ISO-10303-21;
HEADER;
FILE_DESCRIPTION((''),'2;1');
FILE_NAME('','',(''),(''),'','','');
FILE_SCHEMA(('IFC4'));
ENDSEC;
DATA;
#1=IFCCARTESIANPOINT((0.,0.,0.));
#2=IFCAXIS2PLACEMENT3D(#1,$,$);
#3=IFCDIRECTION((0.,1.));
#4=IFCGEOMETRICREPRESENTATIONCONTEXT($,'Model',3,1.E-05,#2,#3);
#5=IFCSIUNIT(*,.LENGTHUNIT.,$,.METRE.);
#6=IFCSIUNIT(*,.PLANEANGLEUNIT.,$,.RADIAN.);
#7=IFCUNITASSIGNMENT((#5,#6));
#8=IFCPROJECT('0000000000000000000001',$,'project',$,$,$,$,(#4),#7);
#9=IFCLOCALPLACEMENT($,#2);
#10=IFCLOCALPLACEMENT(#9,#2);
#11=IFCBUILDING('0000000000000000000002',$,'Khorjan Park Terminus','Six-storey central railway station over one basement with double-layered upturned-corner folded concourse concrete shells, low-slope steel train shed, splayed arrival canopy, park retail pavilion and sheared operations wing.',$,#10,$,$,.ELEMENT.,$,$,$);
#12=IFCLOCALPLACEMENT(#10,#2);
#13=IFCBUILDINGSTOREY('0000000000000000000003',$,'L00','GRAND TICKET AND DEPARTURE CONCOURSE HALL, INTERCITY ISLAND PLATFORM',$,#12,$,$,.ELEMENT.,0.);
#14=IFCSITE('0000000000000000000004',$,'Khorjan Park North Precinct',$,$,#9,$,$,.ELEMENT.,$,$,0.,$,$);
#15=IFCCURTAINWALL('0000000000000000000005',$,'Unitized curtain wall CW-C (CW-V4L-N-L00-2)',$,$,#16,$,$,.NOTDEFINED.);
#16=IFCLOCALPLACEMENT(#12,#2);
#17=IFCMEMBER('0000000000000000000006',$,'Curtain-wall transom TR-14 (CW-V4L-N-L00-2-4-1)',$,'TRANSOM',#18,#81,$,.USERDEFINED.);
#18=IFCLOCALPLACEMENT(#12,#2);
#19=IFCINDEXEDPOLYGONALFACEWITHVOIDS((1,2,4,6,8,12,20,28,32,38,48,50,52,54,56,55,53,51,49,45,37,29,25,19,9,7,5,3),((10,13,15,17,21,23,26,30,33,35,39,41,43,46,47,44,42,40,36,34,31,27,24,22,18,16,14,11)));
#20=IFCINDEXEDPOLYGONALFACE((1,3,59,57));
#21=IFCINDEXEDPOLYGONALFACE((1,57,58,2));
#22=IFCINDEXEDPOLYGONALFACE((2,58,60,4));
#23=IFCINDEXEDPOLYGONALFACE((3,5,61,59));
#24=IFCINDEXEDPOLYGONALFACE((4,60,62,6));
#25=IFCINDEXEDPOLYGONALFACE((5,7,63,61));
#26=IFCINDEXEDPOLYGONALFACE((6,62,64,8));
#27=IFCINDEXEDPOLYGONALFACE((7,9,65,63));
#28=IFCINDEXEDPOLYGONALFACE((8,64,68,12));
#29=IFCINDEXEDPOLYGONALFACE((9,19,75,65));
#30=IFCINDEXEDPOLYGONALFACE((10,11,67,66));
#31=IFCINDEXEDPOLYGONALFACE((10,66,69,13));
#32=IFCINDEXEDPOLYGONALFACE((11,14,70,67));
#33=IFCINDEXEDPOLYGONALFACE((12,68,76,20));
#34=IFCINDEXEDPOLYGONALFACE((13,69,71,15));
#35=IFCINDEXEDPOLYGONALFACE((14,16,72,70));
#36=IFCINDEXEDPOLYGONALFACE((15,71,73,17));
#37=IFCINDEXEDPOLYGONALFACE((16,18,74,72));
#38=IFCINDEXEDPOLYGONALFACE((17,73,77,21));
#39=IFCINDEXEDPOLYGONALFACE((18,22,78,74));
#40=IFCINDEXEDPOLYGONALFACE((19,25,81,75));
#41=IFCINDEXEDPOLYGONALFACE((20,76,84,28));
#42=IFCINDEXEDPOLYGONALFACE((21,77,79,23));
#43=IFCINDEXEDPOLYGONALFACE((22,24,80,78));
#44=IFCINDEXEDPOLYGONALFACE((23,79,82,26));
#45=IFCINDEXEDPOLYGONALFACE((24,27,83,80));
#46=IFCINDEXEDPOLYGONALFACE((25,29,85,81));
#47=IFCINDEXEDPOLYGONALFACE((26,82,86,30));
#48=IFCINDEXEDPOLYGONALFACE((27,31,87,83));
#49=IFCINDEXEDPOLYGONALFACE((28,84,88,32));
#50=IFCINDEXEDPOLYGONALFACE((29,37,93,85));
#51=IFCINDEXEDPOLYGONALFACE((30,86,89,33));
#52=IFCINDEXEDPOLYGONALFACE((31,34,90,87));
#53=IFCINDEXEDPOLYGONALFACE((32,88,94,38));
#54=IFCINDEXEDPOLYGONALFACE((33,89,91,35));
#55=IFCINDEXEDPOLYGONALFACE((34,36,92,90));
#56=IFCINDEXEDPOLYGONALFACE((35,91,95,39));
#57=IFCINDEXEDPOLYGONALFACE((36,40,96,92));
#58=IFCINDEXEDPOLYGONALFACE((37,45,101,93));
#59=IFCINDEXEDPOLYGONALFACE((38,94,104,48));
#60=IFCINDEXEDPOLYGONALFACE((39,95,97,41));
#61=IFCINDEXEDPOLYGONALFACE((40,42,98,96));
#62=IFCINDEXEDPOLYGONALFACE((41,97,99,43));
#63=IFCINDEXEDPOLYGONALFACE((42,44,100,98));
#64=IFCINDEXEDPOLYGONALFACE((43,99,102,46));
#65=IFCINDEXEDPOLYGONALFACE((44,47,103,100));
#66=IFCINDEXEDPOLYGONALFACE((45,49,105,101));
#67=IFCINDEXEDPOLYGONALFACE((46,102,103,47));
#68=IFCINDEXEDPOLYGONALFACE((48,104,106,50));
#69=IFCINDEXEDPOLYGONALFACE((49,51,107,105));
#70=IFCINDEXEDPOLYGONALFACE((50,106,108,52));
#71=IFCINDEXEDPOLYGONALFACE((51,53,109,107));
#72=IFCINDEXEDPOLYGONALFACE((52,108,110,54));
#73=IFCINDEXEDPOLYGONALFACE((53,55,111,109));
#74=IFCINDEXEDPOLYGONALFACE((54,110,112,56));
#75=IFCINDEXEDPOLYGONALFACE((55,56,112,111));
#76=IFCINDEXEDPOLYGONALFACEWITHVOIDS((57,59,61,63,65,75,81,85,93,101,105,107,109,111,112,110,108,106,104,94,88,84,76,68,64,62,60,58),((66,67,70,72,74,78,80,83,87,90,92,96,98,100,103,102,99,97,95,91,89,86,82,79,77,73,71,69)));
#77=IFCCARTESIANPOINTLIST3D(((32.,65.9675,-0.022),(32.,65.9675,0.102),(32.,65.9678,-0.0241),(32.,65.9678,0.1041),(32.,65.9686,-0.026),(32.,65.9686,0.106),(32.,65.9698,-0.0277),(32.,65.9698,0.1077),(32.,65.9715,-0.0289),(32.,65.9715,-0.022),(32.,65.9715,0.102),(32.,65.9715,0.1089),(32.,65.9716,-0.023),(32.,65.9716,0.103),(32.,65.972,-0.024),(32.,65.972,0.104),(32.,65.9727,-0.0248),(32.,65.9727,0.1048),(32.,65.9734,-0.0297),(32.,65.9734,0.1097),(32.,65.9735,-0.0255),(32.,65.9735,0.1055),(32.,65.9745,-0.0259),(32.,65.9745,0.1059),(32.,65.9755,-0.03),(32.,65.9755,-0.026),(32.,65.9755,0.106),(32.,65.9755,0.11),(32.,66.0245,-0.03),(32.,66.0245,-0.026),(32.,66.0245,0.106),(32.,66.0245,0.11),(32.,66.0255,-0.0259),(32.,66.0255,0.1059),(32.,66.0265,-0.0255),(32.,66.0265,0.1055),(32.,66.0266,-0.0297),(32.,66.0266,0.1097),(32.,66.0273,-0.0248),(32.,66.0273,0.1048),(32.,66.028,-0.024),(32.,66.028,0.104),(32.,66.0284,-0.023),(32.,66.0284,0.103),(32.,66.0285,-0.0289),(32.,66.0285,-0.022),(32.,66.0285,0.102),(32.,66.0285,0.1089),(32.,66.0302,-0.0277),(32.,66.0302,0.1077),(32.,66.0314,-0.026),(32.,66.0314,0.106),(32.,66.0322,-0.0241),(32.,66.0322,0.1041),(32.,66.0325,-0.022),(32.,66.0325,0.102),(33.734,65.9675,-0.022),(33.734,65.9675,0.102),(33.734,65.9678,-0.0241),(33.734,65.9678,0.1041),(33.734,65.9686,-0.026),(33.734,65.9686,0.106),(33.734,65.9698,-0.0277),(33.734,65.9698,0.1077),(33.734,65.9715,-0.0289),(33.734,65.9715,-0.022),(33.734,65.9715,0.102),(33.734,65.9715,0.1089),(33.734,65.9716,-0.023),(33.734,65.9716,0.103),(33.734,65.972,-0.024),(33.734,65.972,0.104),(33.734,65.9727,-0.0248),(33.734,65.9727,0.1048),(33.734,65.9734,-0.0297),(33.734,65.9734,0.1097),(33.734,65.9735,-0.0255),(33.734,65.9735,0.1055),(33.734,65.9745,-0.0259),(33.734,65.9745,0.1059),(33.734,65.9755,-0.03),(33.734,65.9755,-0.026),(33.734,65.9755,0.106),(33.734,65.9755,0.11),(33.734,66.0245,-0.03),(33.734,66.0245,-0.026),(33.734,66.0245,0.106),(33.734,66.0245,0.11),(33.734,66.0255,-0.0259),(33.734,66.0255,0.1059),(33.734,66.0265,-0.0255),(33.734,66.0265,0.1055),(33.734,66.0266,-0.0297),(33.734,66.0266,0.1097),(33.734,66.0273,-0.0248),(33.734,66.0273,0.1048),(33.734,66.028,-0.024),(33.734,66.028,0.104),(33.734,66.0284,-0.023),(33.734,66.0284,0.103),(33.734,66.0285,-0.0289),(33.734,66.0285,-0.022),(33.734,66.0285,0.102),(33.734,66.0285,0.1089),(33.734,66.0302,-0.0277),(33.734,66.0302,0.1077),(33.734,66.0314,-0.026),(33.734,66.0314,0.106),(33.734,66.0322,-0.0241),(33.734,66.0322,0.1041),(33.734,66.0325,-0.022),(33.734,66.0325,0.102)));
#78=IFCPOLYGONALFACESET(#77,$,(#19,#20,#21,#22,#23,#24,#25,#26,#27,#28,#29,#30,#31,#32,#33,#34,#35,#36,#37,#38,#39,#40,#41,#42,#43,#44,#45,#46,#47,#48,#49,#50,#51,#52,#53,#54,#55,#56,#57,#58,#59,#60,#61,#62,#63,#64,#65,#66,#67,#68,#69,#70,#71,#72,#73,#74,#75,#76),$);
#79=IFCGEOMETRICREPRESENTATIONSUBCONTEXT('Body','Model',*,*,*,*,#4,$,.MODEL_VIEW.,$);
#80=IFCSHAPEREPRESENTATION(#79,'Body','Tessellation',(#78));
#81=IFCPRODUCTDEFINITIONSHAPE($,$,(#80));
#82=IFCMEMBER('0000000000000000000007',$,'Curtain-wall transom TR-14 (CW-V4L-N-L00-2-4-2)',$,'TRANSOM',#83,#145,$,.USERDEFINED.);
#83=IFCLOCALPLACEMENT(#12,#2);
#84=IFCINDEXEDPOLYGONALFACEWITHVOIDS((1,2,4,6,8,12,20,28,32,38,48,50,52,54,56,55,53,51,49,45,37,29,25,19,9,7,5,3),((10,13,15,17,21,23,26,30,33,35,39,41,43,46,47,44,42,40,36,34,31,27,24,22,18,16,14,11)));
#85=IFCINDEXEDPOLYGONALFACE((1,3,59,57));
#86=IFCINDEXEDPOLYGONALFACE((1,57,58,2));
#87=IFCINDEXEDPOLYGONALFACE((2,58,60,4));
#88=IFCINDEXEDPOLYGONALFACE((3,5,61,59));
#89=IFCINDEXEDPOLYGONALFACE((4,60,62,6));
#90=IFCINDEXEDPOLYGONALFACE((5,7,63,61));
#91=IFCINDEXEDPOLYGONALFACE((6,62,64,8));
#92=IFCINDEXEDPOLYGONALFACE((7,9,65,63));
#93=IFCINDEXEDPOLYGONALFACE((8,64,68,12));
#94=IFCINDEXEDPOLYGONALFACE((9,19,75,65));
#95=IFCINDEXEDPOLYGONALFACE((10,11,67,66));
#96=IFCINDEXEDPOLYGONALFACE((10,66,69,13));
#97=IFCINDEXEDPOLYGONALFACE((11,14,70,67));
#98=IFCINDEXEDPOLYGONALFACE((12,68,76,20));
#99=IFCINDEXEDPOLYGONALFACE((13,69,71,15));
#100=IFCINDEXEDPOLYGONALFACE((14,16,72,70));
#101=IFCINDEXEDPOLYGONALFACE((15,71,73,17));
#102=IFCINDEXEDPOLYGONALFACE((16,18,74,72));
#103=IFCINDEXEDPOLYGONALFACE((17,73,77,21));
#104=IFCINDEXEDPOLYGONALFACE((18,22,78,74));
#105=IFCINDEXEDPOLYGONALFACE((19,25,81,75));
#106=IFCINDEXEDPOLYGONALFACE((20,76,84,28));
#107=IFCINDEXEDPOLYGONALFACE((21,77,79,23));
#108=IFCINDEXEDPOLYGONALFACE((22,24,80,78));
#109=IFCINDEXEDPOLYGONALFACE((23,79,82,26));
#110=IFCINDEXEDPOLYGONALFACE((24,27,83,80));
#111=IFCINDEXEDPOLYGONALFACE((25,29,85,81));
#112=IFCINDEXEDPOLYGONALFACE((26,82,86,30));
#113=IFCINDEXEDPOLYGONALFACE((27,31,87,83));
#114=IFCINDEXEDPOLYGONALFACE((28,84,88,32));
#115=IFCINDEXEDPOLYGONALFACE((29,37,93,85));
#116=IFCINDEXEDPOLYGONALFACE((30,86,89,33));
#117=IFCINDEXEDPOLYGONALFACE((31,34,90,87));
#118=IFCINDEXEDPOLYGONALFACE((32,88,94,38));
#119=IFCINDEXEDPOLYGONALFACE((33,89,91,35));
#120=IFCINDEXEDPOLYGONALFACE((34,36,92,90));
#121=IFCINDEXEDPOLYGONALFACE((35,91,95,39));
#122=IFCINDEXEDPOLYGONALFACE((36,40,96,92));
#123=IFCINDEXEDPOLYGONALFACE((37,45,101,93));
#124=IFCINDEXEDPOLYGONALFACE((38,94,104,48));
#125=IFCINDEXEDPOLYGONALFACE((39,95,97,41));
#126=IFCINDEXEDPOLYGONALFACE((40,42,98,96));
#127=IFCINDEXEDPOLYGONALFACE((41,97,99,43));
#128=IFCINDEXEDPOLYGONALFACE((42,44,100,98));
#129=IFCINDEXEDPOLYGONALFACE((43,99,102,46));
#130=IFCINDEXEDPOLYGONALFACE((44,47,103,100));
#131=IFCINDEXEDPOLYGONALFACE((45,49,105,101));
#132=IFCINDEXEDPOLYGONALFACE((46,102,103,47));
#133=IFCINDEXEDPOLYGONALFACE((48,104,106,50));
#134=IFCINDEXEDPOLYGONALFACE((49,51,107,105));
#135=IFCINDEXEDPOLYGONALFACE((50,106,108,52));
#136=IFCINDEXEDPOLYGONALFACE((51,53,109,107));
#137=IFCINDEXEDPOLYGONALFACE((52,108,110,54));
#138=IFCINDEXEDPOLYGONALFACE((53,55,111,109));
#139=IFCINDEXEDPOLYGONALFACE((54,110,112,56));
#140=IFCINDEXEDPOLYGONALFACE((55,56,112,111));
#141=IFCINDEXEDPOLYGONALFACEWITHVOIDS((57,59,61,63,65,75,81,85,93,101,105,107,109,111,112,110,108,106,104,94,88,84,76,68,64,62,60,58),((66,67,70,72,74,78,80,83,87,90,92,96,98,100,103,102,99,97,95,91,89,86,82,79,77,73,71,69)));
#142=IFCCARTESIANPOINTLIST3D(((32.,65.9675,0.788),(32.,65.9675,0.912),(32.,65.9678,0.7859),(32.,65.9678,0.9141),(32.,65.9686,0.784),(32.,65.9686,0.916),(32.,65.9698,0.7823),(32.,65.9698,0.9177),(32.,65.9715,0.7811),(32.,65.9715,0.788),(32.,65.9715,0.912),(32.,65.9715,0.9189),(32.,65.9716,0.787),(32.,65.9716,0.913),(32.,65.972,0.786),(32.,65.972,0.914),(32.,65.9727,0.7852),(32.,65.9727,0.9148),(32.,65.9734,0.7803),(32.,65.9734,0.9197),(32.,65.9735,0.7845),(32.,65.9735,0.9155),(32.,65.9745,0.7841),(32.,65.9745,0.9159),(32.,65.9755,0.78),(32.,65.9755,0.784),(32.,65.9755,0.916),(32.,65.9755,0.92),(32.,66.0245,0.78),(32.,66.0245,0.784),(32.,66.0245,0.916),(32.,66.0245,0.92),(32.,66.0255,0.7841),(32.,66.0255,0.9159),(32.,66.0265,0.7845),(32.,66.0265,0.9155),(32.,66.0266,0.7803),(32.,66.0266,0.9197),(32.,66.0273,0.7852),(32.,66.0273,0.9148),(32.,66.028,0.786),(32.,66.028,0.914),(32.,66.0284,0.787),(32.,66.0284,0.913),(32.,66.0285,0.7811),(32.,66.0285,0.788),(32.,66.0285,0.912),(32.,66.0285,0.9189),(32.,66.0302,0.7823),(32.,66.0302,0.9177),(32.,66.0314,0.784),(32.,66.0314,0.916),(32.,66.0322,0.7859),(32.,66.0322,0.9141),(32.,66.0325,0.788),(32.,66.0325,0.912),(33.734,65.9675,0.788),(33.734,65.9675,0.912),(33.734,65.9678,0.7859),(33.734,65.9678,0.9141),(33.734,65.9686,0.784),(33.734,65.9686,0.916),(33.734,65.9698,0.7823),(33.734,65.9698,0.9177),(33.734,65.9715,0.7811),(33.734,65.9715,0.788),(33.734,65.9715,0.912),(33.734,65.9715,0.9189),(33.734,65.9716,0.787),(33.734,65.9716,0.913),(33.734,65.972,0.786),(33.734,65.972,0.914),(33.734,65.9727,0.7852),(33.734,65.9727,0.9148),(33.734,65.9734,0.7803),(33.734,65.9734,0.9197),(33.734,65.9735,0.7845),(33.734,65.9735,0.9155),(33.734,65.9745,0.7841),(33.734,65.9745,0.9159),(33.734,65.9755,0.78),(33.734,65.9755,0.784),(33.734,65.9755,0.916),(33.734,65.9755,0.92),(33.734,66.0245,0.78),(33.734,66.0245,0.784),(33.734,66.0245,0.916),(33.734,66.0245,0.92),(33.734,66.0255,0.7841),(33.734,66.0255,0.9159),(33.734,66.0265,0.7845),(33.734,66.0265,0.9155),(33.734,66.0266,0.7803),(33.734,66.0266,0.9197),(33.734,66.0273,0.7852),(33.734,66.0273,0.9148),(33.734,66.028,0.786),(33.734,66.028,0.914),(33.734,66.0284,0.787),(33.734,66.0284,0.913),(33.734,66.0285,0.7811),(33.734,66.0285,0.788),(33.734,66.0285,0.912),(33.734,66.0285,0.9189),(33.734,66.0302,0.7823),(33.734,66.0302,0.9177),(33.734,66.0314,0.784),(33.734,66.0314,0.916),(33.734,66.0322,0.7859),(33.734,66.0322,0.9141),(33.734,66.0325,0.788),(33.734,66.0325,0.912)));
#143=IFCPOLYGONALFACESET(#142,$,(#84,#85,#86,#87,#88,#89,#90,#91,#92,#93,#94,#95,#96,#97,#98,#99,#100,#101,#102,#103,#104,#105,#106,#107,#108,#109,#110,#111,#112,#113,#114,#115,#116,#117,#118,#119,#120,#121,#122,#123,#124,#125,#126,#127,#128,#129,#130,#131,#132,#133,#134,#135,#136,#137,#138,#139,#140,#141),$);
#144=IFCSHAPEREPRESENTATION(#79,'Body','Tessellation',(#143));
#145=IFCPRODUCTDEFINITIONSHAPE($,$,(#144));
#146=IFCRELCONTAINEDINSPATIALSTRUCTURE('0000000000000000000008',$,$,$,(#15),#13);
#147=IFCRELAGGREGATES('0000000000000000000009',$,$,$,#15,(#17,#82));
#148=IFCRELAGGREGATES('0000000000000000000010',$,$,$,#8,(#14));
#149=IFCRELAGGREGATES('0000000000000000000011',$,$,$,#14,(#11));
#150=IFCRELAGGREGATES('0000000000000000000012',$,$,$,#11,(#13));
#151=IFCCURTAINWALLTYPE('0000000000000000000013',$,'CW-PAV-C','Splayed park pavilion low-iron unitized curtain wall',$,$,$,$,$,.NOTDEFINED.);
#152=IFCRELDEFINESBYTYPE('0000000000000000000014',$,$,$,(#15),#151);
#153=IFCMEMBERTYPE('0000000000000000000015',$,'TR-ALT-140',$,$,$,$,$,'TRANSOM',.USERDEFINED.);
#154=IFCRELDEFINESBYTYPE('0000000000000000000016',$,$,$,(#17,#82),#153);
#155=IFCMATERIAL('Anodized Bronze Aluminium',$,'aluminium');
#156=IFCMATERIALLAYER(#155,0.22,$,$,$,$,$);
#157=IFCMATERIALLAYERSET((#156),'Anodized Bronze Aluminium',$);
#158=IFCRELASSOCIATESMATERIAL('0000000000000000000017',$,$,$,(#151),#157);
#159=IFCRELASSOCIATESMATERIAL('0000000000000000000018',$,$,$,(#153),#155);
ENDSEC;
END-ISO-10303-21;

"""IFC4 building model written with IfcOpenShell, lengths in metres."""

from ifc_helpers import new_model, si_unit, direction, frame, origin, origin_2d, place, context, subcontext, project, spatial, hollow_rectangle, extrude, material, layer, layer_set, material_profile, profile_set, type_object, element, aggregate, save


model = new_model("IFC4")

# Units and contexts
model_context = context("Model", 3, precision=1e-05, world=origin(), true_north=direction((0.0, 1.0)))
body_context = subcontext(model_context, "Body", "Model", "MODEL_VIEW")
ifc_project = project(units=[si_unit("LENGTHUNIT", "METRE"), si_unit("PLANEANGLEUNIT", "RADIAN")], contexts=[model_context])

# Site, building, storey
site_placement = place(None, origin())
site = spatial("IfcSite", under=ifc_project, at=site_placement, Name="Khorjan Park North Precinct", CompositionType="ELEMENT", RefElevation=0.0)
building_placement = place(site_placement, origin())
building = spatial("IfcBuilding", under=site, at=building_placement, Name="Khorjan Park Terminus", Description="Six-storey central railway station over one basement with double-layered upturned-corner folded concourse concrete shells, low-slope steel train shed, splayed arrival canopy, park retail pavilion and sheared operations wing.", CompositionType="ELEMENT")
storey_placement = place(building_placement, origin())
storey = spatial("IfcBuildingStorey", under=building, at=storey_placement, Name="L00", Description="GRAND TICKET AND DEPARTURE CONCOURSE HALL, INTERCITY ISLAND PLATFORM", CompositionType="ELEMENT", Elevation=0.0)

# Shared definitions
ifc_material_1 = material(Name="Anodized Bronze Aluminium", Category="aluminium")
ifc_layer_1 = layer(ifc_material_1, 0.22)
ifc_layer_set_1 = layer_set([ifc_layer_1], Name="Anodized Bronze Aluminium")
curtain_wall_type = type_object("IfcCurtainWallType", Name="CW-PAV-C", Description="Splayed park pavilion low-iron unitized curtain wall", PredefinedType="NOTDEFINED", material=ifc_layer_set_1)

# Curtain wall
curtain_wall_1_placement = place(storey_placement, origin())
curtain_wall_1 = element("IfcCurtainWall", 1, at=curtain_wall_1_placement, inside=storey, type_object=curtain_wall_type, Name="Unitized curtain wall CW-C (CW-V4L-N-L00-2)", PredefinedType="NOTDEFINED")

# Members
ifc_material_profile_1 = material_profile(ifc_material_1, hollow_rectangle(XDim=0.065, YDim=0.14, WallThickness=0.004, InnerFilletRadius=0.004, OuterFilletRadius=0.008, at=origin_2d()), Name="ALT 65x140x4")
ifc_profile_set_1 = profile_set([ifc_material_profile_1], Name="Anodized Bronze Aluminium")
member_type_1 = type_object("IfcMemberType", Name="TR-ALT-140", ElementType="TRANSOM", PredefinedType="USERDEFINED", material=ifc_profile_set_1)
member_1_placement = place(storey_placement, frame((33.734, 66.0, 0.04), z_axis=(-1.0, 0.0, 0.0), x_axis=(0.0, -1.0, 0.0)))
member_1 = element("IfcMember", 2, at=member_1_placement, type_object=member_type_1, Name="Curtain-wall transom TR-14 (CW-V4L-N-L00-2-4-1)", ObjectType="TRANSOM", PredefinedType="USERDEFINED", context=body_context, shape_type="SweptSolid", body=[
    extrude(hollow_rectangle(XDim=0.065, YDim=0.14, WallThickness=0.004, InnerFilletRadius=0.004, OuterFilletRadius=0.008, at=origin_2d()), origin(), (0.0, 0.0, 1.0), 1.734),
])
member_2_placement = place(storey_placement, frame((33.734, 66.0, 0.85), z_axis=(-1.0, 0.0, 0.0), x_axis=(0.0, -1.0, 0.0)))
member_2 = element("IfcMember", 3, at=member_2_placement, type_object=member_type_1, Name="Curtain-wall transom TR-14 (CW-V4L-N-L00-2-4-2)", ObjectType="TRANSOM", PredefinedType="USERDEFINED", context=body_context, shape_type="SweptSolid", body=[
    extrude(hollow_rectangle(XDim=0.065, YDim=0.14, WallThickness=0.004, InnerFilletRadius=0.004, OuterFilletRadius=0.008, at=origin_2d()), origin(), (0.0, 0.0, 1.0), 1.734),
])

aggregate(curtain_wall_1, [member_1, member_2])

save(model, "model.ifc")
